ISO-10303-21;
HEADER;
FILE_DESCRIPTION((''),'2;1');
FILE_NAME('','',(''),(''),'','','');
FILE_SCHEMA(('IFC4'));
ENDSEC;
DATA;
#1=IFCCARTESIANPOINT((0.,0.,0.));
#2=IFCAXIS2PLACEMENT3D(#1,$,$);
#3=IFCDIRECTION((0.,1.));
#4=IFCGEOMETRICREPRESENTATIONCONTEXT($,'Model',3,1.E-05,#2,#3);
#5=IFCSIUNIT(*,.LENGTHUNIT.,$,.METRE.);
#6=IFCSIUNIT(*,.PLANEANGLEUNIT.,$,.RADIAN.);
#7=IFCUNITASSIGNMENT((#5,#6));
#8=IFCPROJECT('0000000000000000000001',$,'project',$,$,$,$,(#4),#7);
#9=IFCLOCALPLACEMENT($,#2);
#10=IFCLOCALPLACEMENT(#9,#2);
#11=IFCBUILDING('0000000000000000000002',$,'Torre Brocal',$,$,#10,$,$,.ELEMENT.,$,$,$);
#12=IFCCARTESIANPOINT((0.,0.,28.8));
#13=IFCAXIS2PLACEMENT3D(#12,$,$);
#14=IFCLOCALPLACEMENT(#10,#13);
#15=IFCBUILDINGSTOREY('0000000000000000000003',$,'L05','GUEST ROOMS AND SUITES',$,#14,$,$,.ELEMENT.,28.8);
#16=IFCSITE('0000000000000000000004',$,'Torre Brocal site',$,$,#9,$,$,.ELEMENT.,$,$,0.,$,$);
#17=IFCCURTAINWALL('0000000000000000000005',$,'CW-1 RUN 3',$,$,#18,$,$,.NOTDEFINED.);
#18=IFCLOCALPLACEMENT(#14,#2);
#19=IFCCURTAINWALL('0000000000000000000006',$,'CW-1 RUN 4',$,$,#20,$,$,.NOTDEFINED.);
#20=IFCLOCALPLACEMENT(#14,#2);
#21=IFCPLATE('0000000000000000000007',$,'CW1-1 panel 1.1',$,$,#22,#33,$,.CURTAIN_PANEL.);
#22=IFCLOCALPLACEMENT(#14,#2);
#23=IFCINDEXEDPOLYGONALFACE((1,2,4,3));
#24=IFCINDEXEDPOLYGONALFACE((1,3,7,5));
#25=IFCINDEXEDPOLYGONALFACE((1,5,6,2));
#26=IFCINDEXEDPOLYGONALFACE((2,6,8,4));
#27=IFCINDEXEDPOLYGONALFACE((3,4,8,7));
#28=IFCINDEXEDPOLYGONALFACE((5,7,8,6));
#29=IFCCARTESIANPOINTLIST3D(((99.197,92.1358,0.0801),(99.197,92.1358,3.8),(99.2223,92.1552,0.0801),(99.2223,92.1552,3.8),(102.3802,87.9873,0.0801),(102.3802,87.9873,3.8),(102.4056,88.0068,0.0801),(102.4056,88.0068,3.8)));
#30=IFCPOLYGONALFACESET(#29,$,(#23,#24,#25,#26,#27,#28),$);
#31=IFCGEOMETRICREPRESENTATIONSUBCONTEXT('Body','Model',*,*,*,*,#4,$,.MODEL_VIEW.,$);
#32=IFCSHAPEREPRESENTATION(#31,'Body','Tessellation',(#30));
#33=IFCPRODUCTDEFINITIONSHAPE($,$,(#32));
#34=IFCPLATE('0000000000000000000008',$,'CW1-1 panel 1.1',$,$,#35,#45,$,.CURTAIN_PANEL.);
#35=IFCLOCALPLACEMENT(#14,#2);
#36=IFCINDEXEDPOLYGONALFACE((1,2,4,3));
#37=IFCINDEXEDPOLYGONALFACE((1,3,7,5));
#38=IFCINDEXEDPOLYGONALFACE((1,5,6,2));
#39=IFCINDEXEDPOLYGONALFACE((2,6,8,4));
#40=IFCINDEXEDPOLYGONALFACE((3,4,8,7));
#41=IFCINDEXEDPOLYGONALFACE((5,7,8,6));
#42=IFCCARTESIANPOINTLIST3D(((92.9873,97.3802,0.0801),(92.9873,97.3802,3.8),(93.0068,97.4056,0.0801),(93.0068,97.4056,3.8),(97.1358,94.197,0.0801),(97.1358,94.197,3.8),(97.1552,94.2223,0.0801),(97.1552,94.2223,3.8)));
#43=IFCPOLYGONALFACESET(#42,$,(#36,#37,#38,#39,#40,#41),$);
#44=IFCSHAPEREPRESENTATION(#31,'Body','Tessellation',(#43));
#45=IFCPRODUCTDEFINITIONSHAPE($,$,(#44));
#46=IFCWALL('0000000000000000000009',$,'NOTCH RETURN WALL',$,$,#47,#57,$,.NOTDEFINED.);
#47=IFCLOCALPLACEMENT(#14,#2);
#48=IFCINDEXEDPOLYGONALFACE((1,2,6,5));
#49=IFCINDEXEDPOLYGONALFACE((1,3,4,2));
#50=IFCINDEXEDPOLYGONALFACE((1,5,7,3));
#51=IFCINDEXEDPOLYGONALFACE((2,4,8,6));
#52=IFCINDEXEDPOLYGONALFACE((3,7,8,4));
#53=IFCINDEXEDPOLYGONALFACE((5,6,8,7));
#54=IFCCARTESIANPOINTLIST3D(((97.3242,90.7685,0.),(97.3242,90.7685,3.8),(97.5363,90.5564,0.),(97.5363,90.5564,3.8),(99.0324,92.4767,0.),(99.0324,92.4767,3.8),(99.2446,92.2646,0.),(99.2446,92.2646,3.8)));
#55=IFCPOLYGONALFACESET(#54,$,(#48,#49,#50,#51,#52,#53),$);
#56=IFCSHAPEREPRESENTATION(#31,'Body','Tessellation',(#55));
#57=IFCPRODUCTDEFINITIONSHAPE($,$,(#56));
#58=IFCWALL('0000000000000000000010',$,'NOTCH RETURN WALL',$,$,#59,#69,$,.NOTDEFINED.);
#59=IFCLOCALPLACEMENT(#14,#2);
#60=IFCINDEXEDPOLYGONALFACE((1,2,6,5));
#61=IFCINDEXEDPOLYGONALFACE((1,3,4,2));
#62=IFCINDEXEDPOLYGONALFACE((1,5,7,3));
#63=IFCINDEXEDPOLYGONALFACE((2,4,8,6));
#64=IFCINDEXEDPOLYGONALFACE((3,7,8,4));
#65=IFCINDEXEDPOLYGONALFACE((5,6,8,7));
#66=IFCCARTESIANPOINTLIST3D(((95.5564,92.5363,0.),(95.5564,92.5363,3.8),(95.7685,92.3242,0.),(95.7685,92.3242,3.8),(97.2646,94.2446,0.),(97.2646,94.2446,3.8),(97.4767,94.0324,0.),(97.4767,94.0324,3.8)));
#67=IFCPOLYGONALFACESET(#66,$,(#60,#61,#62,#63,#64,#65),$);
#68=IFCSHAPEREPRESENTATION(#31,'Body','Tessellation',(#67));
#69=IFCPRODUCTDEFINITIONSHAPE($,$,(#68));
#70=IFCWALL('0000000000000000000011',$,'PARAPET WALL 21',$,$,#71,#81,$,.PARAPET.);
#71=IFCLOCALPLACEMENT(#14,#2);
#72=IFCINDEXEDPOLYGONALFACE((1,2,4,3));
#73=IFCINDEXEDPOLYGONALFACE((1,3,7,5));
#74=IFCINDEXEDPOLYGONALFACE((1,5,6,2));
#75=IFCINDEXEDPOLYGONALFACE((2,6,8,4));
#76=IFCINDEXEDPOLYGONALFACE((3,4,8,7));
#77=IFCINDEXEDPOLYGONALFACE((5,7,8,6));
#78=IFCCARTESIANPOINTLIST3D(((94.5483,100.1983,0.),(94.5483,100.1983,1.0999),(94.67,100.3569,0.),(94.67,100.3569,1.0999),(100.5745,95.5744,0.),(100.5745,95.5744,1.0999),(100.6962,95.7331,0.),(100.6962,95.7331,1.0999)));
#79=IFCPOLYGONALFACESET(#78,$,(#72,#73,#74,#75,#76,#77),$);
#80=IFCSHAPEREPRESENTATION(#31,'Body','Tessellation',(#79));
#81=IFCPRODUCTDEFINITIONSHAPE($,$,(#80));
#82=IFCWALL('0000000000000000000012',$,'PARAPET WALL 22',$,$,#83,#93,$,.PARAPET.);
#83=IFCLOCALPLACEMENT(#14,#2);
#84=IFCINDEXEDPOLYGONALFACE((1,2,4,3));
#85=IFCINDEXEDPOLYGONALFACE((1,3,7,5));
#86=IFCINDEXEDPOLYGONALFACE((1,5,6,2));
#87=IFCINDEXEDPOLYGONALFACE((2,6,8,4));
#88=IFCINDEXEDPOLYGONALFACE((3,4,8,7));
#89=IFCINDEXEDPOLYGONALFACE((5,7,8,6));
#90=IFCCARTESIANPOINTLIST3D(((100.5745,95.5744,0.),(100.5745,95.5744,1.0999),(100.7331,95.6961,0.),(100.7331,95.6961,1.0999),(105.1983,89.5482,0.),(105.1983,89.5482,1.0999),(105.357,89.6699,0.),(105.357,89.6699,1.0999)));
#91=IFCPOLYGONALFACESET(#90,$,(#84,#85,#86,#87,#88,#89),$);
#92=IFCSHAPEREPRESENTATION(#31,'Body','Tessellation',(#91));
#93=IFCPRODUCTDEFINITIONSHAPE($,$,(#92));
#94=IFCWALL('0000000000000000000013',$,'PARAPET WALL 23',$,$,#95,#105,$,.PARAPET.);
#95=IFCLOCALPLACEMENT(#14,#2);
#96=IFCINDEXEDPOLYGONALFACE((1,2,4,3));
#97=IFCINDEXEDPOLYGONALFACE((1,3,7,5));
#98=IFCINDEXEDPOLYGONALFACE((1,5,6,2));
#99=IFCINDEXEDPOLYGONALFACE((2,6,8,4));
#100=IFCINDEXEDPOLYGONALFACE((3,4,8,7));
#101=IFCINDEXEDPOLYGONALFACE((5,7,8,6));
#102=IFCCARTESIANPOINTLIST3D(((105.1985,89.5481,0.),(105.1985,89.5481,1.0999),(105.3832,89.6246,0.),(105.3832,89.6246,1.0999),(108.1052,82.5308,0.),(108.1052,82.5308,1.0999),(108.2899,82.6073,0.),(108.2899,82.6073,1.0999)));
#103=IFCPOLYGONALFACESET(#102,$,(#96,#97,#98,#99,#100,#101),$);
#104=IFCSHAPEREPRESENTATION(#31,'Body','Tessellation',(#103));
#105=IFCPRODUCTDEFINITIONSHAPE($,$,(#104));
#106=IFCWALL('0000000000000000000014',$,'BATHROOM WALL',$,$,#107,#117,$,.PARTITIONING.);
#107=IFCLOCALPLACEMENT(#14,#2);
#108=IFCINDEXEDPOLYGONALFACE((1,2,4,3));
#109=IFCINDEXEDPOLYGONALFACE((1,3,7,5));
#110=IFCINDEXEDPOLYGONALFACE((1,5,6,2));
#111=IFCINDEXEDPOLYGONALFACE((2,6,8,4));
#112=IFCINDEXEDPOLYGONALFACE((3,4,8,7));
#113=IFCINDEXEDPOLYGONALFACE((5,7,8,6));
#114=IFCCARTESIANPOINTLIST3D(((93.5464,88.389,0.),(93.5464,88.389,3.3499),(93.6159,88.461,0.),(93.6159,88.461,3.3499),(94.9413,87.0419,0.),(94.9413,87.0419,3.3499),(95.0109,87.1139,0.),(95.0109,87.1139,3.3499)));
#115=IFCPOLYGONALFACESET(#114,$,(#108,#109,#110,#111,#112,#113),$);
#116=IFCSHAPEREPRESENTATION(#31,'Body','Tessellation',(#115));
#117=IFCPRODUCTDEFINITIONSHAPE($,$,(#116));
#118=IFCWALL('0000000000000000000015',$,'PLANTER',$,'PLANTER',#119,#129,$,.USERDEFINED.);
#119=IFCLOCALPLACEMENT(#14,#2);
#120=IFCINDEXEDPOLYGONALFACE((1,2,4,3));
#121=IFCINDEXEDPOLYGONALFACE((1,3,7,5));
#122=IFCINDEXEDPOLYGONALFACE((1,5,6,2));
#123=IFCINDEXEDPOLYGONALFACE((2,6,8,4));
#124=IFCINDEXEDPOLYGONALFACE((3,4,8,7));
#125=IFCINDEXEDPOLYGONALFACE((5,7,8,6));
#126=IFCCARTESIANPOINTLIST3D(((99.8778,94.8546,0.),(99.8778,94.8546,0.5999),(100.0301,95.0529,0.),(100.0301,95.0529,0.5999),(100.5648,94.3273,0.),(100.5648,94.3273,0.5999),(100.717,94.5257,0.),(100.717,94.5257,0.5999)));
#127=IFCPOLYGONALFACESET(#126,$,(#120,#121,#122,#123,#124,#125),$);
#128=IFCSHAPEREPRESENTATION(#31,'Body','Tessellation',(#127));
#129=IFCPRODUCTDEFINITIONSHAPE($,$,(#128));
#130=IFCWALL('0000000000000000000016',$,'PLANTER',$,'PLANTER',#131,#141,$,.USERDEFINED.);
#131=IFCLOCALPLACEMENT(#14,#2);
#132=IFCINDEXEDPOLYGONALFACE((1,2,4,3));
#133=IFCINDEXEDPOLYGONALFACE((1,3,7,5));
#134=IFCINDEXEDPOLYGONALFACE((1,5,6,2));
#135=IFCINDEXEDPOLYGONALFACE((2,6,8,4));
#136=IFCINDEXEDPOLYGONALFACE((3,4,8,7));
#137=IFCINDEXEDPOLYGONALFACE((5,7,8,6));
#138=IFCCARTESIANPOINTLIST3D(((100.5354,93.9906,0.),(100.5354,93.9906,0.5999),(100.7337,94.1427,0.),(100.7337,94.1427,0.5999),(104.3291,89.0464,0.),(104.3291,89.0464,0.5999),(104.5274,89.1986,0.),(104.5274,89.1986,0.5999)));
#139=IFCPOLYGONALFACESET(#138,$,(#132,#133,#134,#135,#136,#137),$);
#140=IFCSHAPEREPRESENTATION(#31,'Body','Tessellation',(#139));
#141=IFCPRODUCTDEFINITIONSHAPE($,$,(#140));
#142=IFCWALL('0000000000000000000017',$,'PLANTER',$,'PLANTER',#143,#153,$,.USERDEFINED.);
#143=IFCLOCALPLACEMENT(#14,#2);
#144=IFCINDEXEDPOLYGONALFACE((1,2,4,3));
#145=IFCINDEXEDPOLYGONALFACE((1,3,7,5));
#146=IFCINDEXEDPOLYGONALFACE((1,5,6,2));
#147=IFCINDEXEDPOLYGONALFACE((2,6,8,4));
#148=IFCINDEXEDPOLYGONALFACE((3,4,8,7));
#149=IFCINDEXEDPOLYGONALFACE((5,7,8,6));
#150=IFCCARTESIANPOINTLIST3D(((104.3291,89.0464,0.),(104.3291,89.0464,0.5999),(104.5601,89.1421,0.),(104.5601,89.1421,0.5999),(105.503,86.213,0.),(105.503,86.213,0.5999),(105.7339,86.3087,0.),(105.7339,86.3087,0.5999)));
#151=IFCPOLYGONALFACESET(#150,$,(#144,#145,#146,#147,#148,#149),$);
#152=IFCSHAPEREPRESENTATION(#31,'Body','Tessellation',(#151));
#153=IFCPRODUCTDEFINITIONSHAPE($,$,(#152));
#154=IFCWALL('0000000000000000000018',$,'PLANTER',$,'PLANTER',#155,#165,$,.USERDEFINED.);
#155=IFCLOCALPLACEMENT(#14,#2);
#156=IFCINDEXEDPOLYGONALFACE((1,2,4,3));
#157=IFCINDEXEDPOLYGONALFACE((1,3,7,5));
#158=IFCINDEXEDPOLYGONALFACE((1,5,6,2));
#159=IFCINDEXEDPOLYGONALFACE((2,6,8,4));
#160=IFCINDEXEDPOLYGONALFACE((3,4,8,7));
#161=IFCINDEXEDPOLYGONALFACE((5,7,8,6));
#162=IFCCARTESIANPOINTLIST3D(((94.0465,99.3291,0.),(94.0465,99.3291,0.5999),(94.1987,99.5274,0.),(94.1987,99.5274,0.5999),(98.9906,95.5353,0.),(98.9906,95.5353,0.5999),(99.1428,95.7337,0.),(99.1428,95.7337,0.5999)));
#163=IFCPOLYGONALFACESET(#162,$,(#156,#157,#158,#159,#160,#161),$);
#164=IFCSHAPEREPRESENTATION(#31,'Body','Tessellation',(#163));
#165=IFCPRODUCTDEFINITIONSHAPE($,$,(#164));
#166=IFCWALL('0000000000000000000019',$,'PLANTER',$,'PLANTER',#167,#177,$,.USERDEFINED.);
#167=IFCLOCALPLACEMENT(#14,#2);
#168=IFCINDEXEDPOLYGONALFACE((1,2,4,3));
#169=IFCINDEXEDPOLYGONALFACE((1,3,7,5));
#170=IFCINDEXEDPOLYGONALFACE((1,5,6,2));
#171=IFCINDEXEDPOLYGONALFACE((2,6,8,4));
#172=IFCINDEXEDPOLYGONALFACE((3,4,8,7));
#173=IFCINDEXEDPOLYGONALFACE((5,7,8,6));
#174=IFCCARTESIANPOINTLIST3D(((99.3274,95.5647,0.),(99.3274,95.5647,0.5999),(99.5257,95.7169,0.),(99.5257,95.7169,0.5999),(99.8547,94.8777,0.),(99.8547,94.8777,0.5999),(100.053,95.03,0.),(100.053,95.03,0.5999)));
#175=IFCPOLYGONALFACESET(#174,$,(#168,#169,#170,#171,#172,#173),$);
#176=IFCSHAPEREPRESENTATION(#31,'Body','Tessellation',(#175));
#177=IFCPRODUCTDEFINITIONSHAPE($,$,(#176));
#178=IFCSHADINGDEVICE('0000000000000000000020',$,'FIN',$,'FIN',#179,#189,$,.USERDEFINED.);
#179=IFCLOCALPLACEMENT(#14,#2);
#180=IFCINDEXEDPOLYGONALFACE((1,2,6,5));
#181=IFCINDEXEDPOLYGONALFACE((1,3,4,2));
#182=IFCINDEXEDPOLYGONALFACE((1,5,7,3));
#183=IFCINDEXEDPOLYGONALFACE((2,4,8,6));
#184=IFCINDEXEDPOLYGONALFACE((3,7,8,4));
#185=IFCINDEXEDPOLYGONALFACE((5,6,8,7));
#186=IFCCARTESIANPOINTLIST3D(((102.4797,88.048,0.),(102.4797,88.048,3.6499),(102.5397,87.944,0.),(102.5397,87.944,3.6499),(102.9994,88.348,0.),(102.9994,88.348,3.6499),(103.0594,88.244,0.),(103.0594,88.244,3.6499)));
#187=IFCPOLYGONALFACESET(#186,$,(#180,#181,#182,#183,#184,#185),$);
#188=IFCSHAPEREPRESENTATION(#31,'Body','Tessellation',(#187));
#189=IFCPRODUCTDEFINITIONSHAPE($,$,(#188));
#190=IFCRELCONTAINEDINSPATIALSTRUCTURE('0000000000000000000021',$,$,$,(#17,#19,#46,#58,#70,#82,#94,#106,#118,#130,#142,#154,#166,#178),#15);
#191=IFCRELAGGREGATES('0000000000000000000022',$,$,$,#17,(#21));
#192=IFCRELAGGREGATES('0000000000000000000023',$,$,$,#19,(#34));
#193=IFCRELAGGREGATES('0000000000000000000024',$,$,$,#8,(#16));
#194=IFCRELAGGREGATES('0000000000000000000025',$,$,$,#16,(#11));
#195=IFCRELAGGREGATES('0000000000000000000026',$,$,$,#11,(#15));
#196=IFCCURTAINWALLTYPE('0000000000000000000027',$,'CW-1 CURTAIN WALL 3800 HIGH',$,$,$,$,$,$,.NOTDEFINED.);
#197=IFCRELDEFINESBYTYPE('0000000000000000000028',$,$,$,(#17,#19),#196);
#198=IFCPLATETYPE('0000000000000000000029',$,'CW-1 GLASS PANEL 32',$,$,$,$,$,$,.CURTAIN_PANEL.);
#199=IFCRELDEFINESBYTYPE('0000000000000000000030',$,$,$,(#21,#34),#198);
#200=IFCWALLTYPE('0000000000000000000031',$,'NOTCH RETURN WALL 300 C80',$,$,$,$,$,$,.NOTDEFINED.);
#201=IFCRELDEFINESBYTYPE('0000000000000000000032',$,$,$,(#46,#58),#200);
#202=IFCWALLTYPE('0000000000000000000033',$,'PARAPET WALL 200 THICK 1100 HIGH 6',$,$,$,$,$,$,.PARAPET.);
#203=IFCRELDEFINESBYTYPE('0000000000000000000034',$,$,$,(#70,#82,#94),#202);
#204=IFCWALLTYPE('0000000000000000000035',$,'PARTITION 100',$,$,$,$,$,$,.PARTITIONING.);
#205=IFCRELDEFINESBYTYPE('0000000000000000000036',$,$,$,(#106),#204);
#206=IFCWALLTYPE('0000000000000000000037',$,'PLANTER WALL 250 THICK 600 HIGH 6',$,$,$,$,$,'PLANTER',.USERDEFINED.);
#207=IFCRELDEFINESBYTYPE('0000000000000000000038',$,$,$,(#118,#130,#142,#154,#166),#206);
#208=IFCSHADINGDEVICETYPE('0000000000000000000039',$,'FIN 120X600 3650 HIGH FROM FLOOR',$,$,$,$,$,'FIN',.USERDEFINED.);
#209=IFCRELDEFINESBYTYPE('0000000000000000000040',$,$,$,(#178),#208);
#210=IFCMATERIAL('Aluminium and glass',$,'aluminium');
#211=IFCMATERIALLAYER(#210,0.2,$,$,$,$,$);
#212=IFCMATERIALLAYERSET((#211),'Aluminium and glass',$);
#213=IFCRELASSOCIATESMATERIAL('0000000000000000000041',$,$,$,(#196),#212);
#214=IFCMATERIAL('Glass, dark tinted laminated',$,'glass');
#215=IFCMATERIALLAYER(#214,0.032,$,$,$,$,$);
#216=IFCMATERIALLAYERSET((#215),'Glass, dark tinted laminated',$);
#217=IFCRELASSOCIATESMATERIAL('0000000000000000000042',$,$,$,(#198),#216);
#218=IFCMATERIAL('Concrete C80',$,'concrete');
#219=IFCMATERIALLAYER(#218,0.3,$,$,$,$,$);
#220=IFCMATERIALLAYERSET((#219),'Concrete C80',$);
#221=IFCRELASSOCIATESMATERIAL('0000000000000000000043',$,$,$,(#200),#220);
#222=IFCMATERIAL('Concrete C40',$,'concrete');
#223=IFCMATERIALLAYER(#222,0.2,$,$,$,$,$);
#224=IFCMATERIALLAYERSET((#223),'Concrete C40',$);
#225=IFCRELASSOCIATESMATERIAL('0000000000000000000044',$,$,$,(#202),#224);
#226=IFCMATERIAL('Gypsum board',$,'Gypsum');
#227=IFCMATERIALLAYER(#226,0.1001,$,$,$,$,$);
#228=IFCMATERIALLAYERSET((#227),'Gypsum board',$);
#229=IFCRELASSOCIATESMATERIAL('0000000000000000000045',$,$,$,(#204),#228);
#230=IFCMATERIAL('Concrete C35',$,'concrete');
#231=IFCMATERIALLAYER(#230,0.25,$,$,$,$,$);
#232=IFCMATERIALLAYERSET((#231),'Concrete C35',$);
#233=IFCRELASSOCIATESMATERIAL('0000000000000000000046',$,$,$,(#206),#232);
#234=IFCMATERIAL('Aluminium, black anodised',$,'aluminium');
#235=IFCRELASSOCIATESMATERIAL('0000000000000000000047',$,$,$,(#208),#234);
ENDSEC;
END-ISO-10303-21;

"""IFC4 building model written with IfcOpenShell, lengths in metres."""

from ifc_helpers import new_model, si_unit, direction, frame, frame_2d, origin, origin_2d, place, context, subcontext, project, spatial, rectangle, extrude, material, layer, layer_set, material_profile, profile_set, type_object, element, aggregate, save


model = new_model("IFC4")

# Units and contexts
model_context = context("Model", 3, precision=1e-05, world=origin(), true_north=direction((0.0, 1.0)))
body_context = subcontext(model_context, "Body", "Model", "MODEL_VIEW")
ifc_project = project(units=[si_unit("LENGTHUNIT", "METRE"), si_unit("PLANEANGLEUNIT", "RADIAN")], contexts=[model_context])

# Site, building, storey
site_placement = place(None, origin())
site = spatial("IfcSite", under=ifc_project, at=site_placement, Name="Torre Brocal site", CompositionType="ELEMENT", RefElevation=0.0)
building_placement = place(site_placement, origin())
building = spatial("IfcBuilding", under=site, at=building_placement, Name="Torre Brocal", CompositionType="ELEMENT")
storey_placement = place(building_placement, frame((0.0, 0.0, 28.8)))
storey = spatial("IfcBuildingStorey", under=building, at=storey_placement, Name="L05", Description="GUEST ROOMS AND SUITES", CompositionType="ELEMENT", Elevation=28.8)

# Curtain walls
ifc_material_1 = material(Name="Aluminium and glass", Category="aluminium")
ifc_layer_1 = layer(ifc_material_1, 0.2)
ifc_layer_set_1 = layer_set([ifc_layer_1], Name="Aluminium and glass")
curtain_wall_type = type_object("IfcCurtainWallType", Name="CW-1 CURTAIN WALL 3800 HIGH", PredefinedType="NOTDEFINED", material=ifc_layer_set_1)
curtain_wall_1_placement = place(storey_placement, origin())
curtain_wall_1 = element("IfcCurtainWall", 1, at=curtain_wall_1_placement, inside=storey, type_object=curtain_wall_type, Name="CW-1 RUN 3", PredefinedType="NOTDEFINED")
curtain_wall_2_placement = place(storey_placement, origin())
curtain_wall_2 = element("IfcCurtainWall", 2, at=curtain_wall_2_placement, inside=storey, type_object=curtain_wall_type, Name="CW-1 RUN 4", PredefinedType="NOTDEFINED")

# Plates
ifc_material_2 = material(Name="Glass, dark tinted laminated", Category="glass")
ifc_layer_2 = layer(ifc_material_2, 0.032)
ifc_layer_set_2 = layer_set([ifc_layer_2], Name="Glass, dark tinted laminated")
plate_type = type_object("IfcPlateType", Name="CW-1 GLASS PANEL 32", PredefinedType="CURTAIN_PANEL", material=ifc_layer_set_2)
plate_1_placement = place(storey_placement, frame((100.8013, 90.0713, 0.0801), z_axis=(0.0, 0.0, 1.0), x_axis=(-0.608761, 0.793353, 0.0)))
plate_1 = element("IfcPlate", 3, at=plate_1_placement, type_object=plate_type, Name="CW1-1 panel 1.1", PredefinedType="CURTAIN_PANEL", context=body_context, shape_type="SweptSolid", body=[
    extrude(rectangle(XDim=5.229, YDim=0.032, at=origin_2d()), origin(), (0.0, 0.0, 1.0), 3.72),
])
aggregate(curtain_wall_1, [plate_1])
plate_2_placement = place(storey_placement, frame((95.0713, 95.8013, 0.0801), z_axis=(0.0, 0.0, 1.0), x_axis=(-0.793353, 0.608761, 0.0)))
plate_2 = element("IfcPlate", 4, at=plate_2_placement, type_object=plate_type, Name="CW1-1 panel 1.1", PredefinedType="CURTAIN_PANEL", context=body_context, shape_type="SweptSolid", body=[
    extrude(rectangle(XDim=5.229, YDim=0.032, at=origin_2d()), origin(), (0.0, 0.0, 1.0), 3.72),
])
aggregate(curtain_wall_2, [plate_2])

# Walls
ifc_material_3 = material(Name="Concrete C80", Category="concrete")
ifc_layer_3 = layer(ifc_material_3, 0.3)
ifc_layer_set_3 = layer_set([ifc_layer_3], Name="Concrete C80")
wall_type_1 = type_object("IfcWallType", Name="NOTCH RETURN WALL 300 C80", PredefinedType="NOTDEFINED", material=ifc_layer_set_3)
for number, where, z_axis, x_axis, name in (
    (5, (97.4302, 90.6624, 0.0), (0.0, 0.0, 1.0), (0.707107, 0.707107, 0.0), "NOTCH RETURN WALL"),
    (6, (95.6624, 92.4302, 0.0), (0.0, 0.0, 1.0), (0.707107, 0.707107, 0.0), "NOTCH RETURN WALL"),
):
    element("IfcWall", number, at=place(storey_placement, frame(where, z_axis=z_axis, x_axis=x_axis)), inside=storey, type_object=wall_type_1, Name=name, PredefinedType="NOTDEFINED", context=body_context, shape_type="SweptSolid", body=[
        extrude(rectangle(XDim=2.4158, YDim=0.3, at=frame_2d((1.208, 0.0))), origin(), (0.0, 0.0, 1.0), 3.8),
    ])
ifc_material_4 = material(Name="Concrete C40", Category="concrete")
ifc_layer_4 = layer(ifc_material_4, 0.2)
ifc_layer_set_4 = layer_set([ifc_layer_4], Name="Concrete C40")
wall_type_2 = type_object("IfcWallType", Name="PARAPET WALL 200 THICK 1100 HIGH 6", PredefinedType="PARAPET", material=ifc_layer_set_4)
for number, where, z_axis, x_axis, name in (
    (7, (94.6091, 100.2776, 0.0), (0.0, 0.0, 1.0), (0.793368, -0.608743, 0.0), "PARAPET WALL 21"),
    (8, (100.6538, 95.6353, 0.0), (0.0, 0.0, 1.0), (0.608743, -0.793368, 0.0), "PARAPET WALL 22"),
):
    element("IfcWall", number, at=place(storey_placement, frame(where, z_axis=z_axis, x_axis=x_axis)), inside=storey, type_object=wall_type_2, Name=name, PredefinedType="PARAPET", context=body_context, shape_type="SweptSolid", body=[
        extrude(rectangle(XDim=7.5957, YDim=0.2, at=frame_2d((3.7979, 0.0))), origin(), (0.0, 0.0, 1.0), 1.0999),
    ])
wall_1_placement = place(storey_placement, frame((105.2908, 89.5864, 0.0), z_axis=(0.0, 0.0, 1.0), x_axis=(0.382691, -0.923877, 0.0)))
element("IfcWall", 9, at=wall_1_placement, inside=storey, type_object=wall_type_2, Name="PARAPET WALL 23", PredefinedType="PARAPET", context=body_context, shape_type="SweptSolid", body=[
    extrude(rectangle(XDim=7.5955, YDim=0.2, at=frame_2d((3.7979, 0.0))), origin(), (0.0, 0.0, 1.0), 1.0999),
])
ifc_material_5 = material(Name="Gypsum board", Category="Gypsum")
ifc_layer_5 = layer(ifc_material_5, 0.1001)
ifc_layer_set_5 = layer_set([ifc_layer_5], Name="Gypsum board")
wall_type_3 = type_object("IfcWallType", Name="PARTITION 100", PredefinedType="PARTITIONING", material=ifc_layer_set_5)
wall_2_placement = place(storey_placement, frame((93.5811, 88.425, 0.0), z_axis=(0.0, 0.0, 1.0), x_axis=(0.719336, -0.694662, 0.0)))
element("IfcWall", 10, at=wall_2_placement, inside=storey, type_object=wall_type_3, Name="BATHROOM WALL", PredefinedType="PARTITIONING", context=body_context, shape_type="SweptSolid", body=[
    extrude(rectangle(XDim=1.9392, YDim=0.1001, at=frame_2d((0.9697, 0.0))), origin(), (0.0, 0.0, 1.0), 3.3499),
])
ifc_material_6 = material(Name="Concrete C35", Category="concrete")
ifc_layer_6 = layer(ifc_material_6, 0.25)
ifc_layer_set_6 = layer_set([ifc_layer_6], Name="Concrete C35")
wall_type_4 = type_object("IfcWallType", Name="PLANTER WALL 250 THICK 600 HIGH 6", ElementType="PLANTER", PredefinedType="USERDEFINED", material=ifc_layer_set_6)
wall_3_placement = place(storey_placement, frame((99.9539, 94.9539, 0.0), z_axis=(0.0, 0.0, 1.0), x_axis=(0.793252, -0.608893, 0.0)))
element("IfcWall", 11, at=wall_3_placement, inside=storey, type_object=wall_type_4, Name="PLANTER", ObjectType="PLANTER", PredefinedType="USERDEFINED", context=body_context, shape_type="SweptSolid", body=[
    extrude(rectangle(XDim=0.866, YDim=0.25, at=frame_2d((0.4331, 0.0))), origin(), (0.0, 0.0, 1.0), 0.5999),
])
wall_4_placement = place(storey_placement, frame((100.6345, 94.0667, 0.0), z_axis=(0.0, 0.0, 1.0), x_axis=(0.608758, -0.793356, 0.0)))
element("IfcWall", 12, at=wall_4_placement, inside=storey, type_object=wall_type_4, Name="PLANTER", ObjectType="PLANTER", PredefinedType="USERDEFINED", context=body_context, shape_type="SweptSolid", body=[
    extrude(rectangle(XDim=6.2319, YDim=0.25, at=frame_2d((3.116, 0.0))), origin(), (0.0, 0.0, 1.0), 0.5999),
])
wall_5_placement = place(storey_placement, frame((104.4446, 89.0942, 0.0), z_axis=(0.0, 0.0, 1.0), x_axis=(0.382755, -0.92385, 0.0)))
element("IfcWall", 13, at=wall_5_placement, inside=storey, type_object=wall_type_4, Name="PLANTER", ObjectType="PLANTER", PredefinedType="USERDEFINED", context=body_context, shape_type="SweptSolid", body=[
    extrude(rectangle(XDim=3.0669, YDim=0.25, at=frame_2d((1.5334, 0.0))), origin(), (0.0, 0.0, 1.0), 0.5999),
])
wall_6_placement = place(storey_placement, frame((94.1226, 99.4282, 0.0), z_axis=(0.0, 0.0, 1.0), x_axis=(0.793356, -0.608758, 0.0)))
element("IfcWall", 14, at=wall_6_placement, inside=storey, type_object=wall_type_4, Name="PLANTER", ObjectType="PLANTER", PredefinedType="USERDEFINED", context=body_context, shape_type="SweptSolid", body=[
    extrude(rectangle(XDim=6.2319, YDim=0.25, at=frame_2d((3.116, 0.0))), origin(), (0.0, 0.0, 1.0), 0.5999),
])
wall_7_placement = place(storey_placement, frame((99.4265, 95.6409, 0.0), z_axis=(0.0, 0.0, 1.0), x_axis=(0.608893, -0.793252, 0.0)))
element("IfcWall", 15, at=wall_7_placement, inside=storey, type_object=wall_type_4, Name="PLANTER", ObjectType="PLANTER", PredefinedType="USERDEFINED", context=body_context, shape_type="SweptSolid", body=[
    extrude(rectangle(XDim=0.866, YDim=0.25, at=frame_2d((0.4331, 0.0))), origin(), (0.0, 0.0, 1.0), 0.5999),
])

# Shading device
ifc_material_7 = material(Name="Aluminium, black anodised", Category="aluminium")
ifc_material_profile_1 = material_profile(ifc_material_7, rectangle(XDim=0.1201, YDim=0.6001, at=origin_2d()), Name="FIN 120X600 3650 HIGH FROM FLOOR")
ifc_profile_set_1 = profile_set([ifc_material_profile_1], Name="Aluminium, black anodised")
shading_device_type = type_object("IfcShadingDeviceType", Name="FIN 120X600 3650 HIGH FROM FLOOR", ElementType="FIN", PredefinedType="USERDEFINED", material=ifc_profile_set_1)
for number, where, z_axis, x_axis, name in (
    (16, (102.7695, 88.146, 0.0), (0.0, 0.0, 1.0), (-0.5, 0.866025, 0.0), "FIN"),
):
    element("IfcShadingDevice", number, at=place(storey_placement, frame(where, z_axis=z_axis, x_axis=x_axis)), inside=storey, type_object=shading_device_type, Name=name, ObjectType="FIN", PredefinedType="USERDEFINED", context=body_context, shape_type="SweptSolid", body=[
        extrude(rectangle(XDim=0.1201, YDim=0.6001, at=origin_2d()), origin(), (0.0, 0.0, 1.0), 3.6499),
    ])

save(model, "model.ifc")
